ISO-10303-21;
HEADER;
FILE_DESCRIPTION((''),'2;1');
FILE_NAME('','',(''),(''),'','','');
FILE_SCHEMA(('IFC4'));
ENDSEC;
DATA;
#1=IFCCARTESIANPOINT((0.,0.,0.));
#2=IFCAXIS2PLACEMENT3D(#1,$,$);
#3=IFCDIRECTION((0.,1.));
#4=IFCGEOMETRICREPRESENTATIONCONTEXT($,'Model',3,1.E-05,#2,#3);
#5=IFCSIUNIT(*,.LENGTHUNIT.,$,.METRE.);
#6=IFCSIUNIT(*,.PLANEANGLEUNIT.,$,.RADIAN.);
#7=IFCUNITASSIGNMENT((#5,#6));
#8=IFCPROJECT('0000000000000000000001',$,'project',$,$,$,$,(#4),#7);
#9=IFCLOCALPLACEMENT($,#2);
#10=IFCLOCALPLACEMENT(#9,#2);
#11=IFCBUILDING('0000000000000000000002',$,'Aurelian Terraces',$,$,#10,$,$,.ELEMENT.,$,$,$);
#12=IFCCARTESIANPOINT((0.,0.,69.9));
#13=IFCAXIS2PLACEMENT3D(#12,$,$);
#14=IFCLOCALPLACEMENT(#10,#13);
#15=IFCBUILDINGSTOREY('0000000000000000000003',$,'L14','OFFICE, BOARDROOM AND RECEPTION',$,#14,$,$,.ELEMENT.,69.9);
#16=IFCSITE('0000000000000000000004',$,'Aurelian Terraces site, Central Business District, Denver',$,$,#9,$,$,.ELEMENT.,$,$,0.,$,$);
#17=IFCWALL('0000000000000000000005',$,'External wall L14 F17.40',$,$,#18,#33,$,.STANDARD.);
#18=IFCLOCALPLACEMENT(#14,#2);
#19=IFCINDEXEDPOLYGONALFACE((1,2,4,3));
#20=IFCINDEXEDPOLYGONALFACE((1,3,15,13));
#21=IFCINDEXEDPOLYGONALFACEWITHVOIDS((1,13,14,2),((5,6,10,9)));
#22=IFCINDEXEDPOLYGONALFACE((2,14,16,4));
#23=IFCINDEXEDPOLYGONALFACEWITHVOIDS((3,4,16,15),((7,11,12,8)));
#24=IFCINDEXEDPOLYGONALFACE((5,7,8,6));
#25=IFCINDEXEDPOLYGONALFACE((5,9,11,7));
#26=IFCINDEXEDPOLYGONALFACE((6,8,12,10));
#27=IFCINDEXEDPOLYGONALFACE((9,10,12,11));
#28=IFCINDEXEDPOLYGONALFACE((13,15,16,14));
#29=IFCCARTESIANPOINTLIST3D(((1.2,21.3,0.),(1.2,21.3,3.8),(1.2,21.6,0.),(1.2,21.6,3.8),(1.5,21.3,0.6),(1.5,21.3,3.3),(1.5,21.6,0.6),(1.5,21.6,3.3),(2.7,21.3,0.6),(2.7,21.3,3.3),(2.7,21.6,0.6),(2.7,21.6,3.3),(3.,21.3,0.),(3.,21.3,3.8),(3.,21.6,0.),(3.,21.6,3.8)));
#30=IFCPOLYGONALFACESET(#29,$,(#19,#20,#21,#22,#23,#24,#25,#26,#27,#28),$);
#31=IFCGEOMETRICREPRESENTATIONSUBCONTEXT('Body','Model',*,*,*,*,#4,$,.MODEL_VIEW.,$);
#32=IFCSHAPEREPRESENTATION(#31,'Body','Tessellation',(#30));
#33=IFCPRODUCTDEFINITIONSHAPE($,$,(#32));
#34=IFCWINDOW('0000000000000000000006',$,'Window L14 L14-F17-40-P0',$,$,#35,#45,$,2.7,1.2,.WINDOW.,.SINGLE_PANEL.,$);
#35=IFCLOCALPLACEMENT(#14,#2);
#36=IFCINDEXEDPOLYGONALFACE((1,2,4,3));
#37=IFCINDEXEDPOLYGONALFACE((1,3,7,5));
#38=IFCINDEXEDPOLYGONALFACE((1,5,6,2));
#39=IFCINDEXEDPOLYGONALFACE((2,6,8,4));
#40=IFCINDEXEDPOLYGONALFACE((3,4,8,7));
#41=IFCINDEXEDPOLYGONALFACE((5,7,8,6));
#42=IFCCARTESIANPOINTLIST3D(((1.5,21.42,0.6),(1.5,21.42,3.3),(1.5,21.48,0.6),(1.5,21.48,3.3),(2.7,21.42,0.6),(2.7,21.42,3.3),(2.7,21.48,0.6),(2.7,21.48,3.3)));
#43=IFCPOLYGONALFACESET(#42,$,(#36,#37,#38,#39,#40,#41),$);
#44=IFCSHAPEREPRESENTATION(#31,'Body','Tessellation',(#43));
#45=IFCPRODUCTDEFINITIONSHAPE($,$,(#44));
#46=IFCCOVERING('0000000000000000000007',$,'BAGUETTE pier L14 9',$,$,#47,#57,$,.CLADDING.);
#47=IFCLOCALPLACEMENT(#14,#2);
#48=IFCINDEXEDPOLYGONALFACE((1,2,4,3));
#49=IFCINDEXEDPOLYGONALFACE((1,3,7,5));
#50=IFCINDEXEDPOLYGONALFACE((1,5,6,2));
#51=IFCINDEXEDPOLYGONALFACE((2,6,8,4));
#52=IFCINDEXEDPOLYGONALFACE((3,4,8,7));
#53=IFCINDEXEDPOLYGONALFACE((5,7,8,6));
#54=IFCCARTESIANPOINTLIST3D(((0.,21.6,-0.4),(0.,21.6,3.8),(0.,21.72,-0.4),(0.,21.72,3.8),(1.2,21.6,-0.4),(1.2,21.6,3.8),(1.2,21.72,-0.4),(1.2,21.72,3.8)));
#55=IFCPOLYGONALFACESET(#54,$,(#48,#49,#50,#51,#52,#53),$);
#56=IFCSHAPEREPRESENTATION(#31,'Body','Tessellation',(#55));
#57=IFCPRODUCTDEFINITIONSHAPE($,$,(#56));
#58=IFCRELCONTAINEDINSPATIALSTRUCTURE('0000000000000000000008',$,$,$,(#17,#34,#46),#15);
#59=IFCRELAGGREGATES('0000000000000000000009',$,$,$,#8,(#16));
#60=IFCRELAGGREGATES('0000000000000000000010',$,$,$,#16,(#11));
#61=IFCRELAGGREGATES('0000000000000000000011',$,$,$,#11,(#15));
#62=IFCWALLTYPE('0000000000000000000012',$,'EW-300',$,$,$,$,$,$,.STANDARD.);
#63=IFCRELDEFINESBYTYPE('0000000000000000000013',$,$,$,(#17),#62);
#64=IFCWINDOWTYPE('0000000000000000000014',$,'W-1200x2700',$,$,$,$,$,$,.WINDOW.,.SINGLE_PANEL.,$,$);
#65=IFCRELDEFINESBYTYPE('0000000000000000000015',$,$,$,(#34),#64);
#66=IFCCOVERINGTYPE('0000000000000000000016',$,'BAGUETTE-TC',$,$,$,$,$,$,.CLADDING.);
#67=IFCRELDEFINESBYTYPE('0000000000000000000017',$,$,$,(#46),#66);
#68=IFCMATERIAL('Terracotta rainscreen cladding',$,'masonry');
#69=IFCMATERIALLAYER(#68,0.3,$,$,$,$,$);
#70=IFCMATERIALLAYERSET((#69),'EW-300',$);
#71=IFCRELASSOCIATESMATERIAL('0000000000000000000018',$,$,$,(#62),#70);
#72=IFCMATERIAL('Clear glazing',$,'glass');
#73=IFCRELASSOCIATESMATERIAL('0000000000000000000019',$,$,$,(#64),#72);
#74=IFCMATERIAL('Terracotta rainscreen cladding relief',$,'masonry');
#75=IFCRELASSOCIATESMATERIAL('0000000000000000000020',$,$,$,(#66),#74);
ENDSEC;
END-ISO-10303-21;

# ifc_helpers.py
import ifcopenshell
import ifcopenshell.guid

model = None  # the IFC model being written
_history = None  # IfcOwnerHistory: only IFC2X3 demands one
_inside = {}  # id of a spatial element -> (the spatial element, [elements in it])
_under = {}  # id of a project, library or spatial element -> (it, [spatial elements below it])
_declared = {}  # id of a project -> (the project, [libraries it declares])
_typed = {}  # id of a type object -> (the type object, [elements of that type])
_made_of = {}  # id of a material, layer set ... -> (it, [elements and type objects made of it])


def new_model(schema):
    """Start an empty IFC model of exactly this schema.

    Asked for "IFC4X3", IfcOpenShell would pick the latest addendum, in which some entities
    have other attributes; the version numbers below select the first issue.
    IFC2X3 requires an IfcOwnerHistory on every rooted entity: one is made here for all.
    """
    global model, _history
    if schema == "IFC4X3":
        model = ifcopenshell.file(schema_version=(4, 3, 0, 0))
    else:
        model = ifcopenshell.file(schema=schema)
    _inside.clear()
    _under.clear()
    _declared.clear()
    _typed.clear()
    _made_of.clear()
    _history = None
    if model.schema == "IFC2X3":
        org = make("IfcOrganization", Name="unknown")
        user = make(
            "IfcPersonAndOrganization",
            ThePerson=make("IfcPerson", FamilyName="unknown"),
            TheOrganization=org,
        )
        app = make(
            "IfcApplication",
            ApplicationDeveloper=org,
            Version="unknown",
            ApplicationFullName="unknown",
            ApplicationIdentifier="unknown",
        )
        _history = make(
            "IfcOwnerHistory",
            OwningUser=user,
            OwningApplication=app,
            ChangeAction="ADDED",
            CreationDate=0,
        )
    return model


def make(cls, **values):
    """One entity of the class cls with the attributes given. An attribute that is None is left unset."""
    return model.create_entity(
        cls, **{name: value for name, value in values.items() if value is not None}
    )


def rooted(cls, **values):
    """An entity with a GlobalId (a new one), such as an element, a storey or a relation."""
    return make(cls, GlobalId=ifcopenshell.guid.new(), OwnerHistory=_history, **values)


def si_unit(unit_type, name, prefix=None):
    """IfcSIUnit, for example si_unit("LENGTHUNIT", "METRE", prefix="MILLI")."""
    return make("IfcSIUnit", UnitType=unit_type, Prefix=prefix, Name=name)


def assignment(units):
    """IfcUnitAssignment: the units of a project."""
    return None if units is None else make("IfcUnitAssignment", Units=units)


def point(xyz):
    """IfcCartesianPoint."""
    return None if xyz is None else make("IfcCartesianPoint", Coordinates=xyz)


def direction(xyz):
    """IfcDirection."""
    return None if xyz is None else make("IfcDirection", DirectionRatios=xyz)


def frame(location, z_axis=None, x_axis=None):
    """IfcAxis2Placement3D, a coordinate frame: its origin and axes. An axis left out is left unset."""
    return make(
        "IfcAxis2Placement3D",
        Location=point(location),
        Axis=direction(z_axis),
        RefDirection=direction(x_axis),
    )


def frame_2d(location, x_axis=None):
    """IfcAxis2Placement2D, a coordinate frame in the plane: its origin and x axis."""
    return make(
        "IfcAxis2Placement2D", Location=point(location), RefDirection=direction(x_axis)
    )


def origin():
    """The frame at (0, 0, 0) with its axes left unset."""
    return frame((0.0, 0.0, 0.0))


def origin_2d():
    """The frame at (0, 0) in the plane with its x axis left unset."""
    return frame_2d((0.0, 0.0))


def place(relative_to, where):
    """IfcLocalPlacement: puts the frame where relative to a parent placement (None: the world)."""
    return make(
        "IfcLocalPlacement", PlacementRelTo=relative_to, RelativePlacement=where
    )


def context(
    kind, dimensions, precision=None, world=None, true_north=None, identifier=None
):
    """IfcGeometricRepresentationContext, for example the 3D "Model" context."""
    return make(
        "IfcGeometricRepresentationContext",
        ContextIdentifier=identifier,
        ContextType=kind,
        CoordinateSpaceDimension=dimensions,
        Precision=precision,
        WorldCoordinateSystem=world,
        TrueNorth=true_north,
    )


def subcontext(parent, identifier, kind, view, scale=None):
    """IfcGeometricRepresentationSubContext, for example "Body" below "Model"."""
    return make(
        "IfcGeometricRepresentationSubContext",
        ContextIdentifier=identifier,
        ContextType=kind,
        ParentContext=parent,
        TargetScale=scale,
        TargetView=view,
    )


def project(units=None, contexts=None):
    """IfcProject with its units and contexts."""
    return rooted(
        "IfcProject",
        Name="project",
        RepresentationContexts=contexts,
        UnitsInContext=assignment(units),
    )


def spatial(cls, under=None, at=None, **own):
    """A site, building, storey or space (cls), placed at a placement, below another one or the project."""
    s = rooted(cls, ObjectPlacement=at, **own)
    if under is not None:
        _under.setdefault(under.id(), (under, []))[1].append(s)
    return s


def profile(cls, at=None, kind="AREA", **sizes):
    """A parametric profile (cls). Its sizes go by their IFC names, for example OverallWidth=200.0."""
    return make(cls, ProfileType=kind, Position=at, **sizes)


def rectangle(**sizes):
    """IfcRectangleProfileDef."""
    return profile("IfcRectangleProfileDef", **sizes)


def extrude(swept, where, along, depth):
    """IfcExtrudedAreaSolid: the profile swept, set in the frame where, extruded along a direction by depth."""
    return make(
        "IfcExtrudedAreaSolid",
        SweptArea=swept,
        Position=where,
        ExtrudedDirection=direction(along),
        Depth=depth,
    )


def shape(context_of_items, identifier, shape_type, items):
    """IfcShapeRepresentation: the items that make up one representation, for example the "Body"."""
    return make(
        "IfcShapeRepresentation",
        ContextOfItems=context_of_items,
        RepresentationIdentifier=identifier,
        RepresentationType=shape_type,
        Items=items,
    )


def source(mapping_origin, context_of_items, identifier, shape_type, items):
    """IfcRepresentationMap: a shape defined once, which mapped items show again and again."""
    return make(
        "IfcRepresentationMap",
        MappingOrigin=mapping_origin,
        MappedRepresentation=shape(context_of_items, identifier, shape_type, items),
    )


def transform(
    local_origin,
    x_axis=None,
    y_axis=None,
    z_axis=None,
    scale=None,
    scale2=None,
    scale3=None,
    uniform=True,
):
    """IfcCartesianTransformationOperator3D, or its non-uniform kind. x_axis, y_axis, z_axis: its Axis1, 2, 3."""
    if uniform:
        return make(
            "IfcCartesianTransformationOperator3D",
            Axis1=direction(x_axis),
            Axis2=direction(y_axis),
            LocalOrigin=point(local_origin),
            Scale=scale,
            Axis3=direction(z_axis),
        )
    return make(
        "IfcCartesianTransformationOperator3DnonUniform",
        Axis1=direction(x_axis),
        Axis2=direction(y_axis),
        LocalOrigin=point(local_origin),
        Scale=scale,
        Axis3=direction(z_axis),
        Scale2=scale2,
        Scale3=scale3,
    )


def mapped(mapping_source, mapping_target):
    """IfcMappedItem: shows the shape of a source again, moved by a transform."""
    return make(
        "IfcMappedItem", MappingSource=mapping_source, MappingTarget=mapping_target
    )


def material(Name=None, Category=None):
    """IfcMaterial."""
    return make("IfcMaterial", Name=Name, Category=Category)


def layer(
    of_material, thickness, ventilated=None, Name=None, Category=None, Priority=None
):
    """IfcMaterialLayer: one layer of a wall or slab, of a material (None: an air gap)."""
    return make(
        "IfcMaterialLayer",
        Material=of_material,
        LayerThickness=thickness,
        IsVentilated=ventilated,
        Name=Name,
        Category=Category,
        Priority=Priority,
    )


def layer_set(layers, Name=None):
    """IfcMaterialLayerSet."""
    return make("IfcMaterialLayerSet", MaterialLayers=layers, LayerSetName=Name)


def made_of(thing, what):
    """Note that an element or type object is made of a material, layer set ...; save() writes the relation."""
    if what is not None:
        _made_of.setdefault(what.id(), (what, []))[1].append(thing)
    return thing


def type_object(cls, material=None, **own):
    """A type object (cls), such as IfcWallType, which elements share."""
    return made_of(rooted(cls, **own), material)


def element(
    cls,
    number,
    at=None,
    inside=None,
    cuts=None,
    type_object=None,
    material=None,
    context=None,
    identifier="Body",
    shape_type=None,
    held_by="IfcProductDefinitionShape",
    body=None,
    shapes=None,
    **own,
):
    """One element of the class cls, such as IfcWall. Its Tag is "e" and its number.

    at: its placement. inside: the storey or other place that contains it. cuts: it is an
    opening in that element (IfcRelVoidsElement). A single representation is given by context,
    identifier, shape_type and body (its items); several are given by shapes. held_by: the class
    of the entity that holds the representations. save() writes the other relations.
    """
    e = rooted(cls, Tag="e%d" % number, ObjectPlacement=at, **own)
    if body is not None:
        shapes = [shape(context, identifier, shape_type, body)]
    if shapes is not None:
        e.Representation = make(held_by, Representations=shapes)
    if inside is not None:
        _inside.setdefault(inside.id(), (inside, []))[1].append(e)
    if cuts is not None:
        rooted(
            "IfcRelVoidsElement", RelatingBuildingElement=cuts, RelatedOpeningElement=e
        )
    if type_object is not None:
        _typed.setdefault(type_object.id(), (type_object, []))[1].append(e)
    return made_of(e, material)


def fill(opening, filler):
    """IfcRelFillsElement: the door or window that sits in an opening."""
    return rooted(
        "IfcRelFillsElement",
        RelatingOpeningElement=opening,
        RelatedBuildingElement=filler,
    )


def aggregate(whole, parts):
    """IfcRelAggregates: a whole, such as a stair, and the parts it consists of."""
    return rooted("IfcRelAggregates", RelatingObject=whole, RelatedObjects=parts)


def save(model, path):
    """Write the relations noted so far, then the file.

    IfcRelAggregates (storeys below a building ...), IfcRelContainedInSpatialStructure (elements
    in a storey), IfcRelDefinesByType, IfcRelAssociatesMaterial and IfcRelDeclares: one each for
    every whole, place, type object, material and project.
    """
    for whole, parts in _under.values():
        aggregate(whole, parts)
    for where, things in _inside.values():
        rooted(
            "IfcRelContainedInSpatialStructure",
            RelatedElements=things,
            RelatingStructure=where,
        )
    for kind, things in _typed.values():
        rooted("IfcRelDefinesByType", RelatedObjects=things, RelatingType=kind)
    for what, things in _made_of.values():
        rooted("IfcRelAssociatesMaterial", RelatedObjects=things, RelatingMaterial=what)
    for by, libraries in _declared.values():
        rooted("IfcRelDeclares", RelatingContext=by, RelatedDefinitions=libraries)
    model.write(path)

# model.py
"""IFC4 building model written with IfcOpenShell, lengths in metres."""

from ifc_helpers import new_model, si_unit, direction, frame, frame_2d, origin, origin_2d, place, context, subcontext, project, spatial, rectangle, extrude, source, transform, mapped, material, layer, layer_set, type_object, element, fill, save


model = new_model("IFC4")

# Units and contexts
model_context = context("Model", 3, precision=1e-05, world=origin(), true_north=direction((0.0, 1.0)))
body_context = subcontext(model_context, "Body", "Model", "MODEL_VIEW")
ifc_project = project(units=[si_unit("LENGTHUNIT", "METRE"), si_unit("PLANEANGLEUNIT", "RADIAN")], contexts=[model_context])

# Site, building, storey
site_placement = place(None, origin())
site = spatial("IfcSite", under=ifc_project, at=site_placement, Name="Aurelian Terraces site, Central Business District, Denver", CompositionType="ELEMENT", RefElevation=0.0)
building_placement = place(site_placement, origin())
building = spatial("IfcBuilding", under=site, at=building_placement, Name="Aurelian Terraces", CompositionType="ELEMENT")
storey_placement = place(building_placement, frame((0.0, 0.0, 69.9)))
storey = spatial("IfcBuildingStorey", under=building, at=storey_placement, Name="L14", Description="OFFICE, BOARDROOM AND RECEPTION", CompositionType="ELEMENT", Elevation=69.9)

# Shared definitions
ifc_material_1 = material(Name="Terracotta rainscreen cladding", Category="masonry")
ifc_layer_1 = layer(ifc_material_1, 0.3)
ifc_layer_set_1 = layer_set([ifc_layer_1], Name="EW-300")
wall_type_1 = type_object("IfcWallType", Name="EW-300", PredefinedType="STANDARD", material=ifc_layer_set_1)
shared_shape_1 = source(origin(), body_context, "Body", "SweptSolid", [
    extrude(rectangle(XDim=1.2, YDim=2.7, at=frame_2d((0.6, 1.35))), frame((0.0, 0.16, 0.0), z_axis=(0.0, -1.0, 0.0), x_axis=(1.0, 0.0, 0.0)), (0.0, 0.0, 1.0), 0.32),
])
ifc_material_2 = material(Name="Clear glazing", Category="glass")
window_type = type_object("IfcWindowType", Name="W-1200x2700", PartitioningType="SINGLE_PANEL", PredefinedType="WINDOW", material=ifc_material_2)
shared_shape_2 = source(origin(), body_context, "Body", "SweptSolid", [
    extrude(rectangle(XDim=1.2, YDim=2.7, at=frame_2d((0.6, 1.35))), frame((0.0, 0.03, 0.0), z_axis=(0.0, -1.0, 0.0), x_axis=(1.0, 0.0, 0.0)), (0.0, 0.0, 1.0), 0.06),
])

# Wall, opening, window
shared_shape_3 = source(origin(), body_context, "Body", "SweptSolid", [
    extrude(rectangle(XDim=1.8, YDim=0.3, at=frame_2d((0.9, 0.0))), origin(), (0.0, 0.0, 1.0), 3.8),
])
wall_1_placement = place(storey_placement, frame((3.0, 21.45, 0.0), z_axis=(0.0, 0.0, 1.0), x_axis=(-1.0, 0.0, 0.0)))
wall_1 = element("IfcWall", 1, at=wall_1_placement, inside=storey, type_object=wall_type_1, Name="External wall L14 F17.40", PredefinedType="STANDARD", context=body_context, shape_type="MappedRepresentation", body=[
    mapped(shared_shape_3, transform((0.0, 0.0, 0.0), scale=1.0)),
])
opening_1_placement = place(wall_1_placement, frame((0.3, 0.0, 0.6)))
opening_1 = element("IfcOpeningElement", 2, at=opening_1_placement, cuts=wall_1, PredefinedType="OPENING", context=body_context, shape_type="MappedRepresentation", body=[
    mapped(shared_shape_1, transform((0.0, 0.0, 0.0), scale=1.0)),
])
window_1_placement = place(opening_1_placement, origin())
window_1 = element("IfcWindow", 3, at=window_1_placement, inside=storey, type_object=window_type, Name="Window L14 L14-F17-40-P0", OverallHeight=2.7, OverallWidth=1.2, PartitioningType="SINGLE_PANEL", PredefinedType="WINDOW", context=body_context, shape_type="MappedRepresentation", body=[
    mapped(shared_shape_2, transform((0.0, 0.0, 0.0), scale=1.0)),
])
fill(opening_1, window_1)

# Covering
ifc_material_3 = material(Name="Terracotta rainscreen cladding relief", Category="masonry")
covering_type = type_object("IfcCoveringType", Name="BAGUETTE-TC", PredefinedType="CLADDING", material=ifc_material_3)
shared_shape_4 = source(origin(), body_context, "Body", "SweptSolid", [
    extrude(rectangle(XDim=1.2, YDim=0.12, at=origin_2d()), origin(), (0.0, 0.0, 1.0), 4.2),
])
covering_placement = place(storey_placement, frame((0.6, 21.66, -0.4), z_axis=(0.0, 0.0, 1.0), x_axis=(1.0, 0.0, 0.0)))
element("IfcCovering", 4, at=covering_placement, inside=storey, type_object=covering_type, Name="BAGUETTE pier L14 9", PredefinedType="CLADDING", context=body_context, shape_type="MappedRepresentation", body=[
    mapped(shared_shape_4, transform((0.0, 0.0, 0.0), scale=1.0)),
])

save(model, "model.ifc")
